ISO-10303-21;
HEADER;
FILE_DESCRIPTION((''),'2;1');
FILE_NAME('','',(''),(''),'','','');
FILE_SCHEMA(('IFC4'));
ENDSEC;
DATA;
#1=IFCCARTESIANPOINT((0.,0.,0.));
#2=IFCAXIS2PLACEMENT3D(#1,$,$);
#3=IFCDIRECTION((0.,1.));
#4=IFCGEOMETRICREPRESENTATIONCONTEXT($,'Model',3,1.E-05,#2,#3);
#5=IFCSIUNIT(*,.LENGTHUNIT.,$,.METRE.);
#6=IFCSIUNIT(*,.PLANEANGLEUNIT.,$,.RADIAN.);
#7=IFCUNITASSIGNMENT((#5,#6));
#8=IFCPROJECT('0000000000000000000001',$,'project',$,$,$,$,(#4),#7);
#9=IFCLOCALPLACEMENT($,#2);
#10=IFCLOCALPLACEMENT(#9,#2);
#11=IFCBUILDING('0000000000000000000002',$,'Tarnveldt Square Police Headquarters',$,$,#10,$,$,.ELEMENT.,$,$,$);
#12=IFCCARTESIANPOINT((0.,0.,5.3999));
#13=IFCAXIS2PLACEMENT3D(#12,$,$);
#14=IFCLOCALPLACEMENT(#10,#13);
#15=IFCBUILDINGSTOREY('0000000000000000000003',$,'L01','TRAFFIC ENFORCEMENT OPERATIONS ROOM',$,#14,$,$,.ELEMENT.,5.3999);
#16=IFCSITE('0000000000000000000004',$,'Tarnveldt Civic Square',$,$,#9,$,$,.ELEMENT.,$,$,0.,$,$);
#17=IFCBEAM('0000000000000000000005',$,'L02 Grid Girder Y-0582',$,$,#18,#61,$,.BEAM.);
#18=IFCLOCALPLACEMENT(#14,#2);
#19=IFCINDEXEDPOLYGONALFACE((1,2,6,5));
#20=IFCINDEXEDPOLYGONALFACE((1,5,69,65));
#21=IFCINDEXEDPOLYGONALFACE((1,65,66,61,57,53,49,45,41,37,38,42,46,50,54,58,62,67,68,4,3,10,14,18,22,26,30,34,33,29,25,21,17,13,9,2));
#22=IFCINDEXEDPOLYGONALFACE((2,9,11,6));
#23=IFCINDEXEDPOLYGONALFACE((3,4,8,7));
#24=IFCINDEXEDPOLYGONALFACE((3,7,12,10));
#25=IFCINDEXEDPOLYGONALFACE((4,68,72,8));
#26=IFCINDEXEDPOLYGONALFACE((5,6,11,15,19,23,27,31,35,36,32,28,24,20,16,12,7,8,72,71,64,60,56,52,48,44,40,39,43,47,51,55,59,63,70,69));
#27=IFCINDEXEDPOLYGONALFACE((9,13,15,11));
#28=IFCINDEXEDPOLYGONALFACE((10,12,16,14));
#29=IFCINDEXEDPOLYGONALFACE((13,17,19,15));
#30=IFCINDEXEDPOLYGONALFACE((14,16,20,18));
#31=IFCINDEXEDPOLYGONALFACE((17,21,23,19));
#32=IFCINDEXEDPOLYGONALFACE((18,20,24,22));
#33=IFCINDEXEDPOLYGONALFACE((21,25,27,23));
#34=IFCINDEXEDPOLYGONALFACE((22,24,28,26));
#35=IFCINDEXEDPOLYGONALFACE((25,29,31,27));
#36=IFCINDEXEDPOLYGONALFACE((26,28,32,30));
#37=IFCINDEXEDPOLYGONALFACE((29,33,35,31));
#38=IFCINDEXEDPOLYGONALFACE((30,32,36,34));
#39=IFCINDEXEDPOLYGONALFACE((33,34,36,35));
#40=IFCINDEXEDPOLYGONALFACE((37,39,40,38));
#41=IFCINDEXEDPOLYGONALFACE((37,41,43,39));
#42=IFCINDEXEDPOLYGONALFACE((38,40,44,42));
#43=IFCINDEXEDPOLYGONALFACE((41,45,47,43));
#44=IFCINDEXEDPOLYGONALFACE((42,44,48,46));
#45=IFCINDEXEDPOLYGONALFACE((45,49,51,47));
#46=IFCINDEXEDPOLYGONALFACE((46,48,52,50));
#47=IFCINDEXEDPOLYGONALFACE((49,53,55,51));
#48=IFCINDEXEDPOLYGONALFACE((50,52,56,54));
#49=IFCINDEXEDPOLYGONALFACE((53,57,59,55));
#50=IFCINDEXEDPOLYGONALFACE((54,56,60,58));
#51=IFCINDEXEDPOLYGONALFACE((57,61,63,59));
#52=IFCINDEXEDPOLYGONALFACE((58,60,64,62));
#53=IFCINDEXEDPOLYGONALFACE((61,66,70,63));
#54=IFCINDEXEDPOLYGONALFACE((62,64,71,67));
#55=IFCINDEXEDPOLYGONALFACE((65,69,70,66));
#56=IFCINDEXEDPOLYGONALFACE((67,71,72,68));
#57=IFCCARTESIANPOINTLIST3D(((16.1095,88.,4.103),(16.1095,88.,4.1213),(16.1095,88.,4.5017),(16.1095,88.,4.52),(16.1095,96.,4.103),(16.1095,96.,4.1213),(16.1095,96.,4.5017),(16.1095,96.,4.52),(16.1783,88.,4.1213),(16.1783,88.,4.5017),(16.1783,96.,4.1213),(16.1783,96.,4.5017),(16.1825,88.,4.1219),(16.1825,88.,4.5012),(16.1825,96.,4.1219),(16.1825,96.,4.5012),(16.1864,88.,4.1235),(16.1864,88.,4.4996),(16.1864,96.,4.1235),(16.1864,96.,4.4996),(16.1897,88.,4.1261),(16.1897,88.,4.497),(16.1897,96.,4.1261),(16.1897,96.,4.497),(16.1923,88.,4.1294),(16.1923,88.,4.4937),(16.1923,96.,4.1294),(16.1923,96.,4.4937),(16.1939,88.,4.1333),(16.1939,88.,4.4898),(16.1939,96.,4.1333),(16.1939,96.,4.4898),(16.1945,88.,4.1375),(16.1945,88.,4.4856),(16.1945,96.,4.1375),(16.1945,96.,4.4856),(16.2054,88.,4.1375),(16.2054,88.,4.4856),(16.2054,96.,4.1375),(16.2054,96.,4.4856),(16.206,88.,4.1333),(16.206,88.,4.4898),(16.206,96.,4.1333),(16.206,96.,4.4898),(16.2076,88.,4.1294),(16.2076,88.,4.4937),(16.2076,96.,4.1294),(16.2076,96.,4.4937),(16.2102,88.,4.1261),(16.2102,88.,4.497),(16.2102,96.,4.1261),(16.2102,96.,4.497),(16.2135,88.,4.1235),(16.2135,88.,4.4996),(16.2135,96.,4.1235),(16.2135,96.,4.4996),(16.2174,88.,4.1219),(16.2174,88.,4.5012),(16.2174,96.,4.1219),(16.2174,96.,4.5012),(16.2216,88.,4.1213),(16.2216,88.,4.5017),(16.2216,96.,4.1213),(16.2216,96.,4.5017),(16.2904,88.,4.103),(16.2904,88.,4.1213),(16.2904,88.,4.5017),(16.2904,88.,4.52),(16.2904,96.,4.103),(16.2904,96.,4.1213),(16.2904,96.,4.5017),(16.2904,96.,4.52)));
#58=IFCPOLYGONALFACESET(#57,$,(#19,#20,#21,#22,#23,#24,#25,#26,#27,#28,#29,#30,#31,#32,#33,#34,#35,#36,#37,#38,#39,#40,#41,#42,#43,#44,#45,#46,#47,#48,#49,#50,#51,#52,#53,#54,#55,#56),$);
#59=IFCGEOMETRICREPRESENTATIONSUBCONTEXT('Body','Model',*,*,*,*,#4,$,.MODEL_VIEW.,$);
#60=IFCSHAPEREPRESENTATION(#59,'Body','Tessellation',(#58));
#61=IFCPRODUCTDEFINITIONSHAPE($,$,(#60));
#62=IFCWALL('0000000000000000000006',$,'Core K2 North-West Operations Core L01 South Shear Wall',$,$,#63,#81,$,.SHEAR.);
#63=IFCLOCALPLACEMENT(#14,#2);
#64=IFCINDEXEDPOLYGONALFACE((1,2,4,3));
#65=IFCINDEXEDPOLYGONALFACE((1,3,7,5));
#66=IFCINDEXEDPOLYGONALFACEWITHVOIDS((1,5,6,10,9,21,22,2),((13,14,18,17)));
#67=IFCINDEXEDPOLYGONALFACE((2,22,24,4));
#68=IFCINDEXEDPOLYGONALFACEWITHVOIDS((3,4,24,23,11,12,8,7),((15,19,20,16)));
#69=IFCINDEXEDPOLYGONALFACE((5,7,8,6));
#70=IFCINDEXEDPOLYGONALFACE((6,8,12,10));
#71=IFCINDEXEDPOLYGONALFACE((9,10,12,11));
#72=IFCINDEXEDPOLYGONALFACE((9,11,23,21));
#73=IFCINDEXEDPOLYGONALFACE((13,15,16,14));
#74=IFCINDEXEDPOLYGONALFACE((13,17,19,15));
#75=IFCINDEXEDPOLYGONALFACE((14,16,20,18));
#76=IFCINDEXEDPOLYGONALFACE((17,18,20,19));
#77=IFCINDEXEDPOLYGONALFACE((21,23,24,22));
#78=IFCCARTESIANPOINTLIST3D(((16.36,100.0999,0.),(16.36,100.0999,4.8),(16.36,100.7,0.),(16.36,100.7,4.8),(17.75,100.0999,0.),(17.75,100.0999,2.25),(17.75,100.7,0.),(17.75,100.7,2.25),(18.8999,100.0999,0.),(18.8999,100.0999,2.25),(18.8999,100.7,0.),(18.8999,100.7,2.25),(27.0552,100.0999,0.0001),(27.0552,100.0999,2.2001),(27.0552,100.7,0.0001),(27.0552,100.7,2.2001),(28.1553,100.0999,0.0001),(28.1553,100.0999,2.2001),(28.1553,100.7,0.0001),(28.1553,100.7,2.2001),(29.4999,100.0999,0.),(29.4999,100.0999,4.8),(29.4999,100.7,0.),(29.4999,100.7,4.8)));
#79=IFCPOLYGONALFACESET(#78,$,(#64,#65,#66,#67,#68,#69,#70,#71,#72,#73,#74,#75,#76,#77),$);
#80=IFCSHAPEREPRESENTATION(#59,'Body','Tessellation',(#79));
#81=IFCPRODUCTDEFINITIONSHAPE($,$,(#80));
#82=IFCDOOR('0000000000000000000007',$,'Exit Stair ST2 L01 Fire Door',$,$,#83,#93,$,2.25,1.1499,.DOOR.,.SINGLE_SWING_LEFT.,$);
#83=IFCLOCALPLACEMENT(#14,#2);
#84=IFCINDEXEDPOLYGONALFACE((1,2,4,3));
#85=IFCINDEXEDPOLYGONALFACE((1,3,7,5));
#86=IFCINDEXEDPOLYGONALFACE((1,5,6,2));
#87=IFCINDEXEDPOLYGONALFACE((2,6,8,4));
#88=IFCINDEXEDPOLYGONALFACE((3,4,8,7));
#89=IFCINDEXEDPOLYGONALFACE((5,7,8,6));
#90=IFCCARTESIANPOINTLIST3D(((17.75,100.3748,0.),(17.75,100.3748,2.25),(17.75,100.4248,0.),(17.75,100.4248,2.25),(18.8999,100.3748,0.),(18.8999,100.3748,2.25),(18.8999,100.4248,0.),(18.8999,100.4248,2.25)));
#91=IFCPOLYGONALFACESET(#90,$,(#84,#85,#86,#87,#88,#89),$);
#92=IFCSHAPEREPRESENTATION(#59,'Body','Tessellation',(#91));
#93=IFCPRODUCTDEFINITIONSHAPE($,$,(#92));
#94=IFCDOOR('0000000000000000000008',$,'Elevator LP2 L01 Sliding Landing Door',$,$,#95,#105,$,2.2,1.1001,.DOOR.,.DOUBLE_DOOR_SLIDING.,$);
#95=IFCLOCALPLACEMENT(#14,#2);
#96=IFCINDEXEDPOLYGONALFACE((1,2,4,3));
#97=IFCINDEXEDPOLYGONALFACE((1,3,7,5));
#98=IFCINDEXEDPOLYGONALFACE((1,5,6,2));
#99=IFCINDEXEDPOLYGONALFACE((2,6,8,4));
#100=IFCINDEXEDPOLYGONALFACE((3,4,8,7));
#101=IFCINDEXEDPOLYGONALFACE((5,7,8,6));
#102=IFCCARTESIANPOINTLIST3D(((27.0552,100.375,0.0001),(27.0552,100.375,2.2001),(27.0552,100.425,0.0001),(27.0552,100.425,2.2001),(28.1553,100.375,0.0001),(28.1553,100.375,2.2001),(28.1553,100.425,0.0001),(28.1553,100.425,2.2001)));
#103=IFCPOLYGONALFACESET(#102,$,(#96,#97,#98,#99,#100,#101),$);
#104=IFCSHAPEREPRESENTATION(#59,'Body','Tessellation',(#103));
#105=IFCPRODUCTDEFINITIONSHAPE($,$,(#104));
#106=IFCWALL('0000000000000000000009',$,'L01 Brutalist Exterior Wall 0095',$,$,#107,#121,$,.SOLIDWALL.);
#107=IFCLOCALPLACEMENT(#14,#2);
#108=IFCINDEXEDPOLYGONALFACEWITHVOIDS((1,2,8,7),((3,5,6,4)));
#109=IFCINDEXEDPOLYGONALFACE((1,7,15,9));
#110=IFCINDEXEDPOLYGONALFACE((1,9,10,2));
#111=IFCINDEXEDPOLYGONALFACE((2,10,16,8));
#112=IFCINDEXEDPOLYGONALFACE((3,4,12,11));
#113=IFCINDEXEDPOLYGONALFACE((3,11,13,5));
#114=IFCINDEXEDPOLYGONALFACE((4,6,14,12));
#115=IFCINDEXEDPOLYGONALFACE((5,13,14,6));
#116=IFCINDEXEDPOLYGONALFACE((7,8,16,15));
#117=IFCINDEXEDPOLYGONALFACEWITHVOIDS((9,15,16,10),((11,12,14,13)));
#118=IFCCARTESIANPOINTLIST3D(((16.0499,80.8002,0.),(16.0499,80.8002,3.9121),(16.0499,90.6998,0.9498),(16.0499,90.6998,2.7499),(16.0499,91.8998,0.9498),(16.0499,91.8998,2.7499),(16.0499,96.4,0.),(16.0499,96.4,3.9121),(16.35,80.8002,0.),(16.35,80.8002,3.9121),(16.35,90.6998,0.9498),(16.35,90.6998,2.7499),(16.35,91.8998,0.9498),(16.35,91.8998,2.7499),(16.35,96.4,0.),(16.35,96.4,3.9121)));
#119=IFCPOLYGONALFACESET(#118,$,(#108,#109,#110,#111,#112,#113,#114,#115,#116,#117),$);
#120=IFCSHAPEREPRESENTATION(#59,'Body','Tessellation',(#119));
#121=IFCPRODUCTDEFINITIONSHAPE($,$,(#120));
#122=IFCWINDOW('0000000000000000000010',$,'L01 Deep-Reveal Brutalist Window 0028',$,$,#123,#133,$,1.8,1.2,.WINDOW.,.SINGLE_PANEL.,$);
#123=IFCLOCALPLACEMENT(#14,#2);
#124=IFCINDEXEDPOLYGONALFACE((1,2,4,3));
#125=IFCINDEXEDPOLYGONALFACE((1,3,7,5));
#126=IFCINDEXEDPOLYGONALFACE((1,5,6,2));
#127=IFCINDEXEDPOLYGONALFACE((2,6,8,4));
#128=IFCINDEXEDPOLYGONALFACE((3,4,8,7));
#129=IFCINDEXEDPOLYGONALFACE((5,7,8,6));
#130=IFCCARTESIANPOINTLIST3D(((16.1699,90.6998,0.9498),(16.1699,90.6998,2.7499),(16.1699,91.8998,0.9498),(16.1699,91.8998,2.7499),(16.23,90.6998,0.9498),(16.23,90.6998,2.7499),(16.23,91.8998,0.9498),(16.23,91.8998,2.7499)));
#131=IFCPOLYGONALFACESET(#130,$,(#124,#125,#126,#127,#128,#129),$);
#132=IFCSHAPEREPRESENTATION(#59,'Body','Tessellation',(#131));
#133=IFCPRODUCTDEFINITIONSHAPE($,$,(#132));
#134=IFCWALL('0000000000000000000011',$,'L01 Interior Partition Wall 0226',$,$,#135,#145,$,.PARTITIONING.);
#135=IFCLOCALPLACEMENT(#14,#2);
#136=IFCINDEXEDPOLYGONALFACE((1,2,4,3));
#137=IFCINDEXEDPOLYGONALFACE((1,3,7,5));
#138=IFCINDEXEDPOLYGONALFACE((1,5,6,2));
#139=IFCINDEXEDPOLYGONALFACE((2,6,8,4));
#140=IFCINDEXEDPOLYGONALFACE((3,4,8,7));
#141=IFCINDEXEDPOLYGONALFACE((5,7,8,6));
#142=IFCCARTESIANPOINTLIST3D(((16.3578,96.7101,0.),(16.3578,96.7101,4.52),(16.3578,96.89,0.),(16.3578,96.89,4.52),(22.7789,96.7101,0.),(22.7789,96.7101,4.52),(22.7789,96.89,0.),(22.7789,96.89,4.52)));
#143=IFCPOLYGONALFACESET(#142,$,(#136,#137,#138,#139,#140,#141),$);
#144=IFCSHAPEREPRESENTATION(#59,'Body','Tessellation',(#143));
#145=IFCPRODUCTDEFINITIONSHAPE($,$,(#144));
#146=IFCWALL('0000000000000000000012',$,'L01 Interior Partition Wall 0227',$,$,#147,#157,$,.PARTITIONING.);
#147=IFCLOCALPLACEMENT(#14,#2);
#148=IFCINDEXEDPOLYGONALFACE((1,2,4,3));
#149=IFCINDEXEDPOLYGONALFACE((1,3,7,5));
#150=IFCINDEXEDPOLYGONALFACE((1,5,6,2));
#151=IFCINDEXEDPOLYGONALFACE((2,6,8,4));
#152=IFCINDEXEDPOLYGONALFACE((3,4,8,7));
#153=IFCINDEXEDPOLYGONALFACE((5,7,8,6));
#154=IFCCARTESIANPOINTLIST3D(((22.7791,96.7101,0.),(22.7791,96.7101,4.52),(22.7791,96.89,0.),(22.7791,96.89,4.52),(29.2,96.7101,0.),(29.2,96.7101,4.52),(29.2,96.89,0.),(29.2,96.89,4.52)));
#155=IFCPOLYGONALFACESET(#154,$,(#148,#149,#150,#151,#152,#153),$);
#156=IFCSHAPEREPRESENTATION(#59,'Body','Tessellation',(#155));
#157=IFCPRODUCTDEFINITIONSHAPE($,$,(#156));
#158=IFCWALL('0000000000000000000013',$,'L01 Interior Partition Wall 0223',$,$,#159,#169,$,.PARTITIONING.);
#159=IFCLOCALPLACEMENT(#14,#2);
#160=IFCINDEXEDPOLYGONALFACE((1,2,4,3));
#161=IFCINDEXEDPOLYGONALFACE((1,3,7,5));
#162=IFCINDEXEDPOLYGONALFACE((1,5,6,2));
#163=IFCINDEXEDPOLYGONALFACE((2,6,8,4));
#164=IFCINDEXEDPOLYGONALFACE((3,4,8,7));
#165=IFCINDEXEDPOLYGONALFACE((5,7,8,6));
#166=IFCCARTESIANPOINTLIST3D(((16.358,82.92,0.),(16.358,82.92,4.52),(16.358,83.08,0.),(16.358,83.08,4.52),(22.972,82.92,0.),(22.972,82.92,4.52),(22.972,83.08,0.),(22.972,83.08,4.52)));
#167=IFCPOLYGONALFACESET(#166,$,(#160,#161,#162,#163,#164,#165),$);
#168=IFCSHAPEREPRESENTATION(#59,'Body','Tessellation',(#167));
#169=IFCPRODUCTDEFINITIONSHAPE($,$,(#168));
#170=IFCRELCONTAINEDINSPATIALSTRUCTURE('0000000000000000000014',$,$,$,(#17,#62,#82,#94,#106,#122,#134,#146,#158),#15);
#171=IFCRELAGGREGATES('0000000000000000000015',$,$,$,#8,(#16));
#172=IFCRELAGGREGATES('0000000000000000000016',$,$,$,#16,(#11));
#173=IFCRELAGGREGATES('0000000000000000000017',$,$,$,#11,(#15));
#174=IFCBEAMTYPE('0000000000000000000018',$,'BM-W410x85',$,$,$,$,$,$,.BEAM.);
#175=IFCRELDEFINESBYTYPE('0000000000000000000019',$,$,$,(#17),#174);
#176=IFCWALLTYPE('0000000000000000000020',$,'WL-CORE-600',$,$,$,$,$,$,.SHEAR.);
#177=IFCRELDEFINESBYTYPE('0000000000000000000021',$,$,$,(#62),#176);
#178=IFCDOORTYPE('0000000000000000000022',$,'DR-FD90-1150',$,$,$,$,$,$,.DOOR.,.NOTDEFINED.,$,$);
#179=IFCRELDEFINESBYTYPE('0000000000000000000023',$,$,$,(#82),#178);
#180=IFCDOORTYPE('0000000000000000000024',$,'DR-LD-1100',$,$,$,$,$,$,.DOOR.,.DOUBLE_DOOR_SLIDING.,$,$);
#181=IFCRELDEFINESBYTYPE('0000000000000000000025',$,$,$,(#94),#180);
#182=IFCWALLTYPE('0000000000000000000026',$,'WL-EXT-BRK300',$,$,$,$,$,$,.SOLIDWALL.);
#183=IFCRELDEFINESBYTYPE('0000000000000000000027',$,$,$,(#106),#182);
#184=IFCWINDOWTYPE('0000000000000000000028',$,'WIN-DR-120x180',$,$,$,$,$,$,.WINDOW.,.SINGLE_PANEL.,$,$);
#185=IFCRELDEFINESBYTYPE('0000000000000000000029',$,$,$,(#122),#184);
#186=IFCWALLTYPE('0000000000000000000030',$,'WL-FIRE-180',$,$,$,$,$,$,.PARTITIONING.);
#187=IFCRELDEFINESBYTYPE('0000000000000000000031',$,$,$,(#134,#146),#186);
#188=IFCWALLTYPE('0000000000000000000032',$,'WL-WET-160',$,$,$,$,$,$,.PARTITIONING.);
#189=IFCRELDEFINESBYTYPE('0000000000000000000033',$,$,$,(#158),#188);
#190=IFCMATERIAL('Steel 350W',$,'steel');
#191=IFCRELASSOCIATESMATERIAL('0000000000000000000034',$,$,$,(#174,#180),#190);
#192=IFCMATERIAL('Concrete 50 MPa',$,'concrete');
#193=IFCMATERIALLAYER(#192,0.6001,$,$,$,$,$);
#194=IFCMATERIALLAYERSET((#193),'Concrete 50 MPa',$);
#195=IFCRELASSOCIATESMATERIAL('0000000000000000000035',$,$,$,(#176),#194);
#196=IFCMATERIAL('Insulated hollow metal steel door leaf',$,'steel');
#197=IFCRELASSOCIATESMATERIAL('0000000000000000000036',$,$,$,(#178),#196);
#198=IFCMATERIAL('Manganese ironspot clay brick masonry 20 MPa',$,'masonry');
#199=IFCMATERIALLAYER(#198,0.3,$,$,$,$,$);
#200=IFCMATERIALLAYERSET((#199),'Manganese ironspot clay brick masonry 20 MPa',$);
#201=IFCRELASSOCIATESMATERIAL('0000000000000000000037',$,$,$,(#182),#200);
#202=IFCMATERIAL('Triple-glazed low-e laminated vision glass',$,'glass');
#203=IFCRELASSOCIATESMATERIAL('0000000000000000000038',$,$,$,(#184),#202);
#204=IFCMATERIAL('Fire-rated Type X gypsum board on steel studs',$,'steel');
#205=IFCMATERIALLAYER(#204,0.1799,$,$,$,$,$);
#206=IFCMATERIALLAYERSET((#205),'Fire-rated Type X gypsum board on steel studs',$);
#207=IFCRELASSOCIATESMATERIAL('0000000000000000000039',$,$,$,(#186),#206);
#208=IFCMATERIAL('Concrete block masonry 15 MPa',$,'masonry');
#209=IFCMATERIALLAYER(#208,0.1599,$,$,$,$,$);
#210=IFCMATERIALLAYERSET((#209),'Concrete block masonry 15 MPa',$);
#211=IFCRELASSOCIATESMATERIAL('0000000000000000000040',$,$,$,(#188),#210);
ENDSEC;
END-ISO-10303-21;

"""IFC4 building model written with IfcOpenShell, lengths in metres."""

from ifc_helpers import new_model, si_unit, direction, frame, frame_2d, origin, origin_2d, place, context, subcontext, project, spatial, rectangle, i_section, extrude, material, layer, layer_set, material_profile, profile_set, type_object, element, fill, save


model = new_model("IFC4")

# Units and contexts
model_context = context("Model", 3, precision=1e-05, world=origin(), true_north=direction((0.0, 1.0)))
body_context = subcontext(model_context, "Body", "Model", "MODEL_VIEW")
ifc_project = project(units=[si_unit("LENGTHUNIT", "METRE"), si_unit("PLANEANGLEUNIT", "RADIAN")], contexts=[model_context])

# Site, building, storey
site_placement = place(None, origin())
site = spatial("IfcSite", under=ifc_project, at=site_placement, Name="Tarnveldt Civic Square", CompositionType="ELEMENT", RefElevation=0.0)
building_placement = place(site_placement, origin())
building = spatial("IfcBuilding", under=site, at=building_placement, Name="Tarnveldt Square Police Headquarters", CompositionType="ELEMENT")
storey_placement = place(building_placement, frame((0.0, 0.0, 5.3999)))
storey = spatial("IfcBuildingStorey", under=building, at=storey_placement, Name="L01", Description="TRAFFIC ENFORCEMENT OPERATIONS ROOM", CompositionType="ELEMENT", Elevation=5.3999)

# Shared definitions
ifc_material_1 = material(Name="Concrete 50 MPa", Category="concrete")

# Beam
ifc_material_2 = material(Name="Steel 350W", Category="steel")
ifc_material_profile_1 = material_profile(ifc_material_2, i_section(OverallWidth=0.1809, OverallDepth=0.417, WebThickness=0.011, FlangeThickness=0.0183, FilletRadius=0.0161, at=origin_2d()), Name="W410x85")
ifc_profile_set_1 = profile_set([ifc_material_profile_1], Name="Steel 350W")
beam_type_1 = type_object("IfcBeamType", Name="BM-W410x85", PredefinedType="BEAM", material=ifc_profile_set_1)
beam_1_placement = place(storey_placement, frame((16.2, 88.0, 4.3115), z_axis=(0.0, 1.0, 0.0), x_axis=(-1.0, 0.0, 0.0)))
element("IfcBeam", 1, at=beam_1_placement, inside=storey, type_object=beam_type_1, Name="L02 Grid Girder Y-0582", PredefinedType="BEAM", context=body_context, shape_type="SweptSolid", body=[
    extrude(i_section(OverallWidth=0.1809, OverallDepth=0.417, WebThickness=0.011, FlangeThickness=0.0183, FilletRadius=0.0161, at=origin_2d()), origin(), (0.0, 0.0, 1.0), 8.0),
])

# Wall, openings, doors
ifc_layer_1 = layer(ifc_material_1, 0.6001)
ifc_layer_set_1 = layer_set([ifc_layer_1], Name="Concrete 50 MPa")
wall_type_1 = type_object("IfcWallType", Name="WL-CORE-600", PredefinedType="SHEAR", material=ifc_layer_set_1)
wall_1_placement = place(storey_placement, frame((16.3601, 100.3999, 0.0), z_axis=(0.0, 0.0, 1.0), x_axis=(1.0, 0.0, 0.0)))
wall_1 = element("IfcWall", 2, at=wall_1_placement, inside=storey, type_object=wall_type_1, Name="Core K2 North-West Operations Core L01 South Shear Wall", PredefinedType="SHEAR", context=body_context, shape_type="SweptSolid", body=[
    extrude(rectangle(XDim=13.1399, YDim=0.6001, at=frame_2d((6.5698, 0.0))), origin(), (0.0, 0.0, 1.0), 4.8),
])
opening_1_placement = place(wall_1_placement, frame((1.3899, 0.0, 0.0)))
opening_1 = element("IfcOpeningElement", 3, at=opening_1_placement, cuts=wall_1, PredefinedType="OPENING", context=body_context, shape_type="SweptSolid", body=[
    extrude(rectangle(XDim=1.1499, YDim=2.25, at=frame_2d((0.575, 1.125))), frame((0.0, 0.3101, 0.0), z_axis=(0.0, -1.0, 0.0), x_axis=(1.0, 0.0, 0.0)), (0.0, 0.0, 1.0), 0.6201),
])
opening_2_placement = place(wall_1_placement, frame((10.6951, 0.0, 0.0)))
opening_2 = element("IfcOpeningElement", 4, at=opening_2_placement, cuts=wall_1, PredefinedType="OPENING", context=body_context, shape_type="SweptSolid", body=[
    extrude(rectangle(XDim=1.1001, YDim=2.2, at=frame_2d((0.55, 1.1001))), frame((0.0, 0.3101, 0.0), z_axis=(0.0, -1.0, 0.0), x_axis=(1.0, 0.0, 0.0)), (0.0, 0.0, 1.0), 0.6201),
])
ifc_material_3 = material(Name="Insulated hollow metal steel door leaf", Category="steel")
door_type_1 = type_object("IfcDoorType", Name="DR-FD90-1150", OperationType="NOTDEFINED", PredefinedType="DOOR", material=ifc_material_3)
door_1_placement = place(opening_1_placement, origin())
door_1 = element("IfcDoor", 5, at=door_1_placement, inside=storey, type_object=door_type_1, Name="Exit Stair ST2 L01 Fire Door", OperationType="SINGLE_SWING_LEFT", OverallHeight=2.25, OverallWidth=1.1499, PredefinedType="DOOR", context=body_context, shape_type="SweptSolid", body=[
    extrude(rectangle(XDim=1.1499, YDim=2.25, at=frame_2d((0.575, 1.125))), frame((0.0, 0.0249, 0.0), z_axis=(0.0, -1.0, 0.0), x_axis=(1.0, 0.0, 0.0)), (0.0, 0.0, 1.0), 0.05),
])
fill(opening_1, door_1)
door_type_2 = type_object("IfcDoorType", Name="DR-LD-1100", OperationType="DOUBLE_DOOR_SLIDING", PredefinedType="DOOR", material=ifc_material_2)
door_2_placement = place(opening_2_placement, frame((1.1001, 0.0, 0.0), z_axis=(0.0, 0.0, 1.0), x_axis=(-1.0, 0.0, 0.0)))
door_2 = element("IfcDoor", 6, at=door_2_placement, inside=storey, type_object=door_type_2, Name="Elevator LP2 L01 Sliding Landing Door", OperationType="DOUBLE_DOOR_SLIDING", OverallHeight=2.2, OverallWidth=1.1001, PredefinedType="DOOR", context=body_context, shape_type="SweptSolid", body=[
    extrude(rectangle(XDim=1.1001, YDim=2.2, at=frame_2d((0.55, 1.1001))), frame((0.0, 0.0249, 0.0), z_axis=(0.0, -1.0, 0.0), x_axis=(1.0, 0.0, 0.0)), (0.0, 0.0, 1.0), 0.05),
])
fill(opening_2, door_2)

# Wall, opening, window
ifc_material_4 = material(Name="Manganese ironspot clay brick masonry 20 MPa", Category="masonry")
ifc_layer_2 = layer(ifc_material_4, 0.3)
ifc_layer_set_2 = layer_set([ifc_layer_2], Name="Manganese ironspot clay brick masonry 20 MPa")
wall_type_2 = type_object("IfcWallType", Name="WL-EXT-BRK300", PredefinedType="SOLIDWALL", material=ifc_layer_set_2)
wall_2_placement = place(storey_placement, frame((16.2, 96.3999, 0.0), z_axis=(0.0, 0.0, 1.0), x_axis=(0.0, -1.0, 0.0)))
wall_2 = element("IfcWall", 7, at=wall_2_placement, inside=storey, type_object=wall_type_2, Name="L01 Brutalist Exterior Wall 0095", PredefinedType="SOLIDWALL", context=body_context, shape_type="SweptSolid", body=[
    extrude(rectangle(XDim=15.5999, YDim=0.3, at=frame_2d((7.7998, 0.0))), origin(), (0.0, 0.0, 1.0), 3.9121),
])
opening_3_placement = place(wall_2_placement, frame((4.5, 0.0, 0.95)))
opening_3 = element("IfcOpeningElement", 8, at=opening_3_placement, cuts=wall_2, PredefinedType="OPENING", context=body_context, shape_type="SweptSolid", body=[
    extrude(rectangle(XDim=1.2, YDim=1.8, at=frame_2d((0.6001, 0.8999))), frame((0.0, 0.1599, 0.0), z_axis=(0.0, -1.0, 0.0), x_axis=(1.0, 0.0, 0.0)), (0.0, 0.0, 1.0), 0.3201),
])
ifc_material_5 = material(Name="Triple-glazed low-e laminated vision glass", Category="glass")
window_type = type_object("IfcWindowType", Name="WIN-DR-120x180", PartitioningType="SINGLE_PANEL", PredefinedType="WINDOW", material=ifc_material_5)
window_placement = place(opening_3_placement, origin())
window = element("IfcWindow", 9, at=window_placement, inside=storey, type_object=window_type, Name="L01 Deep-Reveal Brutalist Window 0028", OverallHeight=1.8, OverallWidth=1.2, PartitioningType="SINGLE_PANEL", PredefinedType="WINDOW", context=body_context, shape_type="SweptSolid", body=[
    extrude(rectangle(XDim=1.2, YDim=1.8, at=frame_2d((0.6001, 0.8999))), frame((0.0, 0.03, 0.0), z_axis=(0.0, -1.0, 0.0), x_axis=(1.0, 0.0, 0.0)), (0.0, 0.0, 1.0), 0.0601),
])
fill(opening_3, window)

# Walls
ifc_material_6 = material(Name="Fire-rated Type X gypsum board on steel studs", Category="steel")
ifc_layer_3 = layer(ifc_material_6, 0.1799)
ifc_layer_set_3 = layer_set([ifc_layer_3], Name="Fire-rated Type X gypsum board on steel studs")
wall_type_3 = type_object("IfcWallType", Name="WL-FIRE-180", PredefinedType="PARTITIONING", material=ifc_layer_set_3)
wall_3_placement = place(storey_placement, frame((16.3579, 96.8, 0.0), z_axis=(0.0, 0.0, 1.0), x_axis=(1.0, 0.0, 0.0)))
element("IfcWall", 10, at=wall_3_placement, inside=storey, type_object=wall_type_3, Name="L01 Interior Partition Wall 0226", PredefinedType="PARTITIONING", context=body_context, shape_type="SweptSolid", body=[
    extrude(rectangle(XDim=6.4211, YDim=0.1799, at=frame_2d((3.2104, 0.0))), origin(), (0.0, 0.0, 1.0), 4.52),
])
wall_4_placement = place(storey_placement, frame((22.7791, 96.8, 0.0), z_axis=(0.0, 0.0, 1.0), x_axis=(1.0, 0.0, 0.0)))
element("IfcWall", 11, at=wall_4_placement, inside=storey, type_object=wall_type_3, Name="L01 Interior Partition Wall 0227", PredefinedType="PARTITIONING", context=body_context, shape_type="SweptSolid", body=[
    extrude(rectangle(XDim=6.4209, YDim=0.1799, at=frame_2d((3.2104, 0.0))), origin(), (0.0, 0.0, 1.0), 4.52),
])
ifc_material_7 = material(Name="Concrete block masonry 15 MPa", Category="masonry")
ifc_layer_4 = layer(ifc_material_7, 0.1599)
ifc_layer_set_4 = layer_set([ifc_layer_4], Name="Concrete block masonry 15 MPa")
wall_type_4 = type_object("IfcWallType", Name="WL-WET-160", PredefinedType="PARTITIONING", material=ifc_layer_set_4)
for number, where, z_axis, x_axis, name in (
    (12, (16.3579, 83.0, 0.0), (0.0, 0.0, 1.0), (1.0, 0.0, 0.0), "L01 Interior Partition Wall 0223"),
):
    element("IfcWall", number, at=place(storey_placement, frame(where, z_axis=z_axis, x_axis=x_axis)), inside=storey, type_object=wall_type_4, Name=name, PredefinedType="PARTITIONING", context=body_context, shape_type="SweptSolid", body=[
        extrude(rectangle(XDim=6.614, YDim=0.1599, at=frame_2d((3.3071, 0.0))), origin(), (0.0, 0.0, 1.0), 4.52),
    ])

save(model, "model.ifc")
